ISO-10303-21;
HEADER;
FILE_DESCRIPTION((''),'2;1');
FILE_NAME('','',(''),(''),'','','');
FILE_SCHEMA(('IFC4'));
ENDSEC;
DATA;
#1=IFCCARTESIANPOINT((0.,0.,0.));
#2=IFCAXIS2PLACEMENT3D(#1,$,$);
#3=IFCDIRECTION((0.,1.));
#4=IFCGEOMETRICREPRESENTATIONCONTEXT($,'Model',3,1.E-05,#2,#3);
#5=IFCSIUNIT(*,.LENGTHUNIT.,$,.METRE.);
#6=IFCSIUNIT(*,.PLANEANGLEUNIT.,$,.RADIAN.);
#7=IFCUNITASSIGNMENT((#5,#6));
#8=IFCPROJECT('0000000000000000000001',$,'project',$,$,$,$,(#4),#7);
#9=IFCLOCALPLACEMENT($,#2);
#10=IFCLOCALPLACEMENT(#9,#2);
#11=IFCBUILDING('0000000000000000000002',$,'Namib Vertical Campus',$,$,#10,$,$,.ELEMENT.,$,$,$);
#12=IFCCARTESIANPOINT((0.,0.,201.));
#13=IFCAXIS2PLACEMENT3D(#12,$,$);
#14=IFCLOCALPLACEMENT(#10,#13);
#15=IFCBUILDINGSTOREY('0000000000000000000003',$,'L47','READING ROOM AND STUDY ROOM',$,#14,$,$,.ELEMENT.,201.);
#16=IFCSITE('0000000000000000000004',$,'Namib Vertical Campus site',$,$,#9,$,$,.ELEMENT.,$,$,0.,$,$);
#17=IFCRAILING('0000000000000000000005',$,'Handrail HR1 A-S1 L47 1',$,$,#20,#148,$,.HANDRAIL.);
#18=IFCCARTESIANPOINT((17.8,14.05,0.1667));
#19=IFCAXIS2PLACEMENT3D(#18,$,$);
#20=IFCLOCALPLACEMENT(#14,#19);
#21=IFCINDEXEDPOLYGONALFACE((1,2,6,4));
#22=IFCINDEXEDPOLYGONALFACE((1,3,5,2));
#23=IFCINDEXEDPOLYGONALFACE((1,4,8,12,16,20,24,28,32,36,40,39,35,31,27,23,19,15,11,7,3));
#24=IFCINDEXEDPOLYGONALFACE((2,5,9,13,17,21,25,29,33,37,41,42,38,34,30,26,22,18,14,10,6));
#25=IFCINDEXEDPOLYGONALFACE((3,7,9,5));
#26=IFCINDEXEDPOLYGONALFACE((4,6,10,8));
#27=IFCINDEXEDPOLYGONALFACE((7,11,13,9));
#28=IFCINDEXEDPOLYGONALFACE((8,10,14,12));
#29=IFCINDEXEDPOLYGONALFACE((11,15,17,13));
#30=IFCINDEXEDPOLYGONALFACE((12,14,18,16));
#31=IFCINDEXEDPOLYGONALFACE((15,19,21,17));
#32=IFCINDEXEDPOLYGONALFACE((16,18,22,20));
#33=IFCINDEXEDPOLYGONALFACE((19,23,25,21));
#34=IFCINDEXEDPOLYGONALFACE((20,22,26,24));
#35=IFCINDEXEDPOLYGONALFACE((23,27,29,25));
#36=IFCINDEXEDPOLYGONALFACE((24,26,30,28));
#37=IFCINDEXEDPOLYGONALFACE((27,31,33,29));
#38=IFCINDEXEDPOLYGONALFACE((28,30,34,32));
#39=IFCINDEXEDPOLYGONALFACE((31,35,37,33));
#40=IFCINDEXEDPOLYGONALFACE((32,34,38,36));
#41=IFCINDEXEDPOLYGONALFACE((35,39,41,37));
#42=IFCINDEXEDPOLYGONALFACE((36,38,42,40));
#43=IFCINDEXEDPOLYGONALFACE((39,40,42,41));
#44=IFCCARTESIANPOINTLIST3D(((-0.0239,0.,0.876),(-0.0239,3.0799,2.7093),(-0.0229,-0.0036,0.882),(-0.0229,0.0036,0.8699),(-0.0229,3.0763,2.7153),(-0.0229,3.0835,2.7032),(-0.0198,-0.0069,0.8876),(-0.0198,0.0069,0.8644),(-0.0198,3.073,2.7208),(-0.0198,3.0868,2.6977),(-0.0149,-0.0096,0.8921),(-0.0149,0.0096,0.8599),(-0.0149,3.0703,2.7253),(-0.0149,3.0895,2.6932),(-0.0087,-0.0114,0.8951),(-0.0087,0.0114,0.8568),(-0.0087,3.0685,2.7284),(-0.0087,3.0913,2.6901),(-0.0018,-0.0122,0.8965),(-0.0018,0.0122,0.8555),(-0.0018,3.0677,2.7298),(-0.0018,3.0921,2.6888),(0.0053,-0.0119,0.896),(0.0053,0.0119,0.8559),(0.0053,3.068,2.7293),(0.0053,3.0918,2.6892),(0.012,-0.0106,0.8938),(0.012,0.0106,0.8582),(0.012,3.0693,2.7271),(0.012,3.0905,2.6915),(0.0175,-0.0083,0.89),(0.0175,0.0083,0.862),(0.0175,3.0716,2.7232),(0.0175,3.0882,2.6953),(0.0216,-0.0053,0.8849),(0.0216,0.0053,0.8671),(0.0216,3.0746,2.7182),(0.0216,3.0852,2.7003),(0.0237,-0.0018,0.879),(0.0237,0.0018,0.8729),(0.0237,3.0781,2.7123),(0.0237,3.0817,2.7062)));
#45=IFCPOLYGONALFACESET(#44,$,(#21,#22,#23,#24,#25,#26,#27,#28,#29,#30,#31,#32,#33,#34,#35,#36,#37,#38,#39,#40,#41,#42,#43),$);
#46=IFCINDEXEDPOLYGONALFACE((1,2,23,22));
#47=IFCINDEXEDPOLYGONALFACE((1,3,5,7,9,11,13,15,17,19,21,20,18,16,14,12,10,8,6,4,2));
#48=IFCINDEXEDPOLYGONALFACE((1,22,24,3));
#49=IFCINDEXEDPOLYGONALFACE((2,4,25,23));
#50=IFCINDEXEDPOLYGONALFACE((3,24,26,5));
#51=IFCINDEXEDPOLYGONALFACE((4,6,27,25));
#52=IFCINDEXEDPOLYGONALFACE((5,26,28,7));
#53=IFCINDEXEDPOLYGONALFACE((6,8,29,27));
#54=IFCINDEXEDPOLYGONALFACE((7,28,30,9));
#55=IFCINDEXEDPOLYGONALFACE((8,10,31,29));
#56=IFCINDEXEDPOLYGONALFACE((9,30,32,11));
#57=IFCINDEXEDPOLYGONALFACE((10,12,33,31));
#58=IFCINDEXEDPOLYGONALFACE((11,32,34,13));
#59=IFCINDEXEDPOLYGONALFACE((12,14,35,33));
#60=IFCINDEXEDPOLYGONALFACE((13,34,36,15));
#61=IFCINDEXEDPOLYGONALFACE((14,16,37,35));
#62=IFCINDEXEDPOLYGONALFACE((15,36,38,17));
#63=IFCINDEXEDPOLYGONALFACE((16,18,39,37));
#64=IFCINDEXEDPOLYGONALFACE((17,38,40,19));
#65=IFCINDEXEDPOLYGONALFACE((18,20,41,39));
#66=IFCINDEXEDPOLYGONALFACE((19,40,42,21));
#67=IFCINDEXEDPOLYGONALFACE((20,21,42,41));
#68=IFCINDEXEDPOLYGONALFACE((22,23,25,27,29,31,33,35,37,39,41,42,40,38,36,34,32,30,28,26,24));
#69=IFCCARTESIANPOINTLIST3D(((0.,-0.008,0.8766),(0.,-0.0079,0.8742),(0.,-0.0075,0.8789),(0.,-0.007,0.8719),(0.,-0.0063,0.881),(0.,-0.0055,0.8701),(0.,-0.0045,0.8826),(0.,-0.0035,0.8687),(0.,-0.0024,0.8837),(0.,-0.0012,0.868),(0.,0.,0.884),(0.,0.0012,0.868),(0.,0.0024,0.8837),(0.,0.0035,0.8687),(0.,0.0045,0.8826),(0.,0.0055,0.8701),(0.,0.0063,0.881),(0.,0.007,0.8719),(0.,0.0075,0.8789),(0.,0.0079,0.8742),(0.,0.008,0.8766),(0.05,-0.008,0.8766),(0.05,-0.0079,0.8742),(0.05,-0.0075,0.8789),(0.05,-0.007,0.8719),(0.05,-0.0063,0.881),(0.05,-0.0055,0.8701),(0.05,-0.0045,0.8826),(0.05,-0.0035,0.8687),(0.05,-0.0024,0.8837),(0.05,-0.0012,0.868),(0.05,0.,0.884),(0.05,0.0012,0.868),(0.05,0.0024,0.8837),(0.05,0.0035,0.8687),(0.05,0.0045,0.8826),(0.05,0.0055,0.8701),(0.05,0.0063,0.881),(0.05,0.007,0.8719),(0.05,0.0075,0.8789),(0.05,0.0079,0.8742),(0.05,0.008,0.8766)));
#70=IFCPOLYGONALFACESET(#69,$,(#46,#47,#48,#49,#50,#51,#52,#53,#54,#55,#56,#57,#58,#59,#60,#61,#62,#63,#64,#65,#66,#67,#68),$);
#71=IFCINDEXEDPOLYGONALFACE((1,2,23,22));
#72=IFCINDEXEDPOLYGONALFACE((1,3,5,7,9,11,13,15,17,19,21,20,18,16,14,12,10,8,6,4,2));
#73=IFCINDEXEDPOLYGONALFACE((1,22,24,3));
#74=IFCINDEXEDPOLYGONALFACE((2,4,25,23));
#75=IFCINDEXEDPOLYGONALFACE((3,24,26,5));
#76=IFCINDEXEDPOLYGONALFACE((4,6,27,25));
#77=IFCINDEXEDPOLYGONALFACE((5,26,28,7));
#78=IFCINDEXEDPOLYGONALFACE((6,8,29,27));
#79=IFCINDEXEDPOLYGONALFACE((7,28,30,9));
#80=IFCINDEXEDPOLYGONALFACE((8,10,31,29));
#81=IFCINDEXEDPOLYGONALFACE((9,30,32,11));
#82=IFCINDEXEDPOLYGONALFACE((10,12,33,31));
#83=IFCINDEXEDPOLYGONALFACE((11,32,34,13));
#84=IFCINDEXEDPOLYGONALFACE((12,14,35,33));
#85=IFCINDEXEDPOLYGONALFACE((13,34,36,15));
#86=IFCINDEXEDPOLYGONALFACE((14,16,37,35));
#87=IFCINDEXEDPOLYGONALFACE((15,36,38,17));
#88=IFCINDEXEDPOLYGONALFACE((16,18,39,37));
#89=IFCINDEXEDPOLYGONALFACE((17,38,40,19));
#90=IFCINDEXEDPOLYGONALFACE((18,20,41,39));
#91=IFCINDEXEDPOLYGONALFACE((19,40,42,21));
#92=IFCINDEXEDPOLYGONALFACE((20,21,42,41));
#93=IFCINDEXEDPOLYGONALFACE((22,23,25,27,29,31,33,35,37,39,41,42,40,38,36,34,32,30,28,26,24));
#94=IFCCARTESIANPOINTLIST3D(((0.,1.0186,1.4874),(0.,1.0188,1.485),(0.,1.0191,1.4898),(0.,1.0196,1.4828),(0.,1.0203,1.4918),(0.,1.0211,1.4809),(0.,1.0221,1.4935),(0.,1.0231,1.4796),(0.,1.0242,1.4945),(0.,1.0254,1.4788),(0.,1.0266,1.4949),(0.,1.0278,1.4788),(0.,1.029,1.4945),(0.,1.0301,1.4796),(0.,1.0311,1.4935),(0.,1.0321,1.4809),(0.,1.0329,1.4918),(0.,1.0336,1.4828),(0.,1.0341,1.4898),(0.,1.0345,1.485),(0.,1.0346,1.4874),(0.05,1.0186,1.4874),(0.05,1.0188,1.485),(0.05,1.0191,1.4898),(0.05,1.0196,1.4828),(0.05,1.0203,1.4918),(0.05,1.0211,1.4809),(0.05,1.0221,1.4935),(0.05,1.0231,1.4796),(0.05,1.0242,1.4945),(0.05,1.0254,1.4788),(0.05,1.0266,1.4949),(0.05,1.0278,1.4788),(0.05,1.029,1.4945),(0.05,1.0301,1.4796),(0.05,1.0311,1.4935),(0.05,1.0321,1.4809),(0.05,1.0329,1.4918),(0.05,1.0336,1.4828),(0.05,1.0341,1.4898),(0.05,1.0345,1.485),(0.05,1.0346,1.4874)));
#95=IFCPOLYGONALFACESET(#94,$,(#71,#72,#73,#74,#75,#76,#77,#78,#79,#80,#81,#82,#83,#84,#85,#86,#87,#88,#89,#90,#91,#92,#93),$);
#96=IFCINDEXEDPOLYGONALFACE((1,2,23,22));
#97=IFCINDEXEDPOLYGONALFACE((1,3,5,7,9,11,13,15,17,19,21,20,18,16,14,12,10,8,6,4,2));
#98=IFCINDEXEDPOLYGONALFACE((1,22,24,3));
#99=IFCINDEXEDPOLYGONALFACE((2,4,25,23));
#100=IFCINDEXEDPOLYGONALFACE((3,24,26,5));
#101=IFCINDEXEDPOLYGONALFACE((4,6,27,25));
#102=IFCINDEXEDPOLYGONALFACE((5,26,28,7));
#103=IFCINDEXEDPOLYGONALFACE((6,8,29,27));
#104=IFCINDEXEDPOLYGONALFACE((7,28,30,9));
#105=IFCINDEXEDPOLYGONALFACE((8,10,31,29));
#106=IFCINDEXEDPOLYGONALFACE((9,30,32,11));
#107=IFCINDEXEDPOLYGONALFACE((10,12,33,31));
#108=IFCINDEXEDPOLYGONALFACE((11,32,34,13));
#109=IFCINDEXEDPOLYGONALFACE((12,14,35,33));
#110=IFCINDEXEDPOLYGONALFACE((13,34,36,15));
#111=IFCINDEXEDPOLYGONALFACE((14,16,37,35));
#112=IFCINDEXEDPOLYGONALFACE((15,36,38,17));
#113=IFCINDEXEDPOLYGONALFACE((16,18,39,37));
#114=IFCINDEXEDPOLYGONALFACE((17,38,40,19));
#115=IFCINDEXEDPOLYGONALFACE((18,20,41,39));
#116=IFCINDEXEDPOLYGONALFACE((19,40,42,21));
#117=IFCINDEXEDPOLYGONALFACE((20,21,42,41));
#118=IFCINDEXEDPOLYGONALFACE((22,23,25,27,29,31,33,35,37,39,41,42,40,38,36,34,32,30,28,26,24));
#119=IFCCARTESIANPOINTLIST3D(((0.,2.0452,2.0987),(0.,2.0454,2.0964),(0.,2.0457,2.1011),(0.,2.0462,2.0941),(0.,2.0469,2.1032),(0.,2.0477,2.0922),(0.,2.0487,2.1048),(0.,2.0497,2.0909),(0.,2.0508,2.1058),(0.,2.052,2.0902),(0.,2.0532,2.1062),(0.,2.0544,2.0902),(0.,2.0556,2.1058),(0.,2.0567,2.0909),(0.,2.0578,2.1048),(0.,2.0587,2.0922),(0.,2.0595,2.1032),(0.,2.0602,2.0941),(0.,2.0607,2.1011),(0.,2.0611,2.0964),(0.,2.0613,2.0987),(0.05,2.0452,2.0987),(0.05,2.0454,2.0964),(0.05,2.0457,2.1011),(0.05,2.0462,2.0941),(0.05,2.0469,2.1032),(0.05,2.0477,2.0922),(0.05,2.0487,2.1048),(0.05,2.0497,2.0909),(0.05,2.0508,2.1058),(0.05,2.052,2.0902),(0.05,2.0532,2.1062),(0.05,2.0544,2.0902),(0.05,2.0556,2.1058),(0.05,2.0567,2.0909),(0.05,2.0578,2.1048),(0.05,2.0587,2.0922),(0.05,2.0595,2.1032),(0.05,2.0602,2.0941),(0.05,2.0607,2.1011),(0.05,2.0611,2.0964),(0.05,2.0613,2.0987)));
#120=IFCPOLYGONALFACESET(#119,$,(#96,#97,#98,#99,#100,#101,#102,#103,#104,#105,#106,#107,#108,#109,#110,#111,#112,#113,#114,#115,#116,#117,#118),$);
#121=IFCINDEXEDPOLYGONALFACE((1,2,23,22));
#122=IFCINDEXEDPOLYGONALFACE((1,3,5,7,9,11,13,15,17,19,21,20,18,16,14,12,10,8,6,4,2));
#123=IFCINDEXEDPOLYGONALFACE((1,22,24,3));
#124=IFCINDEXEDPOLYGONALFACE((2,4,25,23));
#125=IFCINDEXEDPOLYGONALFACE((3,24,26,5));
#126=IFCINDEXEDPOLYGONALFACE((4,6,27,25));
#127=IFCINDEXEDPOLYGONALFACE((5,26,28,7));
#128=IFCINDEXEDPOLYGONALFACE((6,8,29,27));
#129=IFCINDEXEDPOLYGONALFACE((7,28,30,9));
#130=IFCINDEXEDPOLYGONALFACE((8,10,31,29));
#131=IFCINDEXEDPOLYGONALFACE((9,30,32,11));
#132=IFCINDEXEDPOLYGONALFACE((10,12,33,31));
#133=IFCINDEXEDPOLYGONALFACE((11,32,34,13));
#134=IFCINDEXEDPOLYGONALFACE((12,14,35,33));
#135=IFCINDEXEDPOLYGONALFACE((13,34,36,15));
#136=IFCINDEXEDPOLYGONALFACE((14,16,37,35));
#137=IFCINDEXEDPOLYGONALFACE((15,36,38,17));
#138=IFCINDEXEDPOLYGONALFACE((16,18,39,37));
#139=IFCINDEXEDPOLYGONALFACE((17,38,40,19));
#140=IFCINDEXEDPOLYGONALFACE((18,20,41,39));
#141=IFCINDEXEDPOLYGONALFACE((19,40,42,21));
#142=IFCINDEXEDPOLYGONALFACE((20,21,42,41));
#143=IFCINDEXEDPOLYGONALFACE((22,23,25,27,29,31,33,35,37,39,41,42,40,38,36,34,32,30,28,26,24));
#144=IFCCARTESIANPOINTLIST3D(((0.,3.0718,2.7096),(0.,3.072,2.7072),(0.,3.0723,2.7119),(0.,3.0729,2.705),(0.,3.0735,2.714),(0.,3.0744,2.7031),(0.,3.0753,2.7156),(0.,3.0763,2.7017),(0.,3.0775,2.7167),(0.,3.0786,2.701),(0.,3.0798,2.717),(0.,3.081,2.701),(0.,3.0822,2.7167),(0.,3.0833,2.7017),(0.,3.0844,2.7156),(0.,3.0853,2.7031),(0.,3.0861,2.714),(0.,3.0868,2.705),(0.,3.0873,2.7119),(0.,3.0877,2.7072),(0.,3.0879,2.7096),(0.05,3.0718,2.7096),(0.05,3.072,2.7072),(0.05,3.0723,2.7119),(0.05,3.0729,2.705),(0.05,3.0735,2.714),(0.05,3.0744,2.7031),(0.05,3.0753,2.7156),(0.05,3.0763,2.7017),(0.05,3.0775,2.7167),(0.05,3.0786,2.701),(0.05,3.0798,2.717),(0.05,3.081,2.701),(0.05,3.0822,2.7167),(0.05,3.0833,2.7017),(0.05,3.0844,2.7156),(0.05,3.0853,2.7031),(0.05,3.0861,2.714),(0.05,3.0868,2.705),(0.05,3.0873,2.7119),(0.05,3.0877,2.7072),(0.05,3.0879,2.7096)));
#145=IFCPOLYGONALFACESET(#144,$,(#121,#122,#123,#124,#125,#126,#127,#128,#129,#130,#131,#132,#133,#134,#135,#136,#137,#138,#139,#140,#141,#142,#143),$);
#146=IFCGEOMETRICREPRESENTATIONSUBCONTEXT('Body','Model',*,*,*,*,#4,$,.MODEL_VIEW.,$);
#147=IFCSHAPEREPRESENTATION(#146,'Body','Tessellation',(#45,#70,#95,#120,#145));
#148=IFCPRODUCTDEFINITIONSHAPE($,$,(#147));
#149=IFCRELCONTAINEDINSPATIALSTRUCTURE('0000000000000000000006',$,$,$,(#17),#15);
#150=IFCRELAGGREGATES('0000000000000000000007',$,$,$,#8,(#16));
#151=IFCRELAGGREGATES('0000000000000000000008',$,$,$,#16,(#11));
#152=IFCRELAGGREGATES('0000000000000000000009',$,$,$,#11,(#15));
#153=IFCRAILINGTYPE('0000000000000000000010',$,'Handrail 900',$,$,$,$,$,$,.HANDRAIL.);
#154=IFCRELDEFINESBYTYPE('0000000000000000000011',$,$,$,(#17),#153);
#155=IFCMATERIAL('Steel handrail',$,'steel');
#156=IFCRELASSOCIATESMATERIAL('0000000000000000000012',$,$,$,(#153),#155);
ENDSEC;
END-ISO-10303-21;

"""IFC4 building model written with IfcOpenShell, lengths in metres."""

from ifc_helpers import new_model, si_unit, direction, frame, origin, origin_2d, place, context, subcontext, project, spatial, circle, extrude, material, type_object, element, save


model = new_model("IFC4")

# Units and contexts
model_context = context("Model", 3, precision=1e-05, world=origin(), true_north=direction((0.0, 1.0)))
body_context = subcontext(model_context, "Body", "Model", "MODEL_VIEW")
ifc_project = project(units=[si_unit("LENGTHUNIT", "METRE"), si_unit("PLANEANGLEUNIT", "RADIAN")], contexts=[model_context])

# Site, building, storey
site_placement = place(None, origin())
site = spatial("IfcSite", under=ifc_project, at=site_placement, Name="Namib Vertical Campus site", CompositionType="ELEMENT", RefElevation=0.0)
building_placement = place(site_placement, origin())
building = spatial("IfcBuilding", under=site, at=building_placement, Name="Namib Vertical Campus", CompositionType="ELEMENT")
storey_placement = place(building_placement, frame((0.0, 0.0, 201.0)))
storey = spatial("IfcBuildingStorey", under=building, at=storey_placement, Name="L47", Description="READING ROOM AND STUDY ROOM", CompositionType="ELEMENT", Elevation=201.0)

# Railing
ifc_material_1 = material(Name="Steel handrail", Category="steel")
railing_type_1 = type_object("IfcRailingType", Name="Handrail 900", PredefinedType="HANDRAIL", material=ifc_material_1)
railing_1_placement = place(storey_placement, frame((17.8, 14.05, 0.1667)))
element("IfcRailing", 1, at=railing_1_placement, inside=storey, type_object=railing_type_1, Name="Handrail HR1 A-S1 L47 1", PredefinedType="HANDRAIL", context=body_context, shape_type="SweptSolid", body=[
    extrude(circle(Radius=0.0239, at=origin_2d()), frame((0.0, 0.0, 0.876), z_axis=(0.0, 0.859291, 0.511487), x_axis=(-1.0, 0.0, 0.0)), (0.0, 0.0, 1.0), 3.5842),
    extrude(circle(Radius=0.0081, at=origin_2d()), frame((0.0, 0.0, 0.876), z_axis=(1.0, 0.0, 0.0), x_axis=(0.0, 0.0, 1.0)), (0.0, 0.0, 1.0), 0.05),
    extrude(circle(Radius=0.0081, at=origin_2d()), frame((0.0, 1.0266, 1.4868), z_axis=(1.0, 0.0, 0.0), x_axis=(0.0, 0.0, 1.0)), (0.0, 0.0, 1.0), 0.05),
    extrude(circle(Radius=0.0081, at=origin_2d()), frame((0.0, 2.0532, 2.0981), z_axis=(1.0, 0.0, 0.0), x_axis=(0.0, 0.0, 1.0)), (0.0, 0.0, 1.0), 0.05),
    extrude(circle(Radius=0.0081, at=origin_2d()), frame((0.0, 3.0798, 2.709), z_axis=(1.0, 0.0, 0.0), x_axis=(0.0, 0.0, 1.0)), (0.0, 0.0, 1.0), 0.05),
])

save(model, "model.ifc")
